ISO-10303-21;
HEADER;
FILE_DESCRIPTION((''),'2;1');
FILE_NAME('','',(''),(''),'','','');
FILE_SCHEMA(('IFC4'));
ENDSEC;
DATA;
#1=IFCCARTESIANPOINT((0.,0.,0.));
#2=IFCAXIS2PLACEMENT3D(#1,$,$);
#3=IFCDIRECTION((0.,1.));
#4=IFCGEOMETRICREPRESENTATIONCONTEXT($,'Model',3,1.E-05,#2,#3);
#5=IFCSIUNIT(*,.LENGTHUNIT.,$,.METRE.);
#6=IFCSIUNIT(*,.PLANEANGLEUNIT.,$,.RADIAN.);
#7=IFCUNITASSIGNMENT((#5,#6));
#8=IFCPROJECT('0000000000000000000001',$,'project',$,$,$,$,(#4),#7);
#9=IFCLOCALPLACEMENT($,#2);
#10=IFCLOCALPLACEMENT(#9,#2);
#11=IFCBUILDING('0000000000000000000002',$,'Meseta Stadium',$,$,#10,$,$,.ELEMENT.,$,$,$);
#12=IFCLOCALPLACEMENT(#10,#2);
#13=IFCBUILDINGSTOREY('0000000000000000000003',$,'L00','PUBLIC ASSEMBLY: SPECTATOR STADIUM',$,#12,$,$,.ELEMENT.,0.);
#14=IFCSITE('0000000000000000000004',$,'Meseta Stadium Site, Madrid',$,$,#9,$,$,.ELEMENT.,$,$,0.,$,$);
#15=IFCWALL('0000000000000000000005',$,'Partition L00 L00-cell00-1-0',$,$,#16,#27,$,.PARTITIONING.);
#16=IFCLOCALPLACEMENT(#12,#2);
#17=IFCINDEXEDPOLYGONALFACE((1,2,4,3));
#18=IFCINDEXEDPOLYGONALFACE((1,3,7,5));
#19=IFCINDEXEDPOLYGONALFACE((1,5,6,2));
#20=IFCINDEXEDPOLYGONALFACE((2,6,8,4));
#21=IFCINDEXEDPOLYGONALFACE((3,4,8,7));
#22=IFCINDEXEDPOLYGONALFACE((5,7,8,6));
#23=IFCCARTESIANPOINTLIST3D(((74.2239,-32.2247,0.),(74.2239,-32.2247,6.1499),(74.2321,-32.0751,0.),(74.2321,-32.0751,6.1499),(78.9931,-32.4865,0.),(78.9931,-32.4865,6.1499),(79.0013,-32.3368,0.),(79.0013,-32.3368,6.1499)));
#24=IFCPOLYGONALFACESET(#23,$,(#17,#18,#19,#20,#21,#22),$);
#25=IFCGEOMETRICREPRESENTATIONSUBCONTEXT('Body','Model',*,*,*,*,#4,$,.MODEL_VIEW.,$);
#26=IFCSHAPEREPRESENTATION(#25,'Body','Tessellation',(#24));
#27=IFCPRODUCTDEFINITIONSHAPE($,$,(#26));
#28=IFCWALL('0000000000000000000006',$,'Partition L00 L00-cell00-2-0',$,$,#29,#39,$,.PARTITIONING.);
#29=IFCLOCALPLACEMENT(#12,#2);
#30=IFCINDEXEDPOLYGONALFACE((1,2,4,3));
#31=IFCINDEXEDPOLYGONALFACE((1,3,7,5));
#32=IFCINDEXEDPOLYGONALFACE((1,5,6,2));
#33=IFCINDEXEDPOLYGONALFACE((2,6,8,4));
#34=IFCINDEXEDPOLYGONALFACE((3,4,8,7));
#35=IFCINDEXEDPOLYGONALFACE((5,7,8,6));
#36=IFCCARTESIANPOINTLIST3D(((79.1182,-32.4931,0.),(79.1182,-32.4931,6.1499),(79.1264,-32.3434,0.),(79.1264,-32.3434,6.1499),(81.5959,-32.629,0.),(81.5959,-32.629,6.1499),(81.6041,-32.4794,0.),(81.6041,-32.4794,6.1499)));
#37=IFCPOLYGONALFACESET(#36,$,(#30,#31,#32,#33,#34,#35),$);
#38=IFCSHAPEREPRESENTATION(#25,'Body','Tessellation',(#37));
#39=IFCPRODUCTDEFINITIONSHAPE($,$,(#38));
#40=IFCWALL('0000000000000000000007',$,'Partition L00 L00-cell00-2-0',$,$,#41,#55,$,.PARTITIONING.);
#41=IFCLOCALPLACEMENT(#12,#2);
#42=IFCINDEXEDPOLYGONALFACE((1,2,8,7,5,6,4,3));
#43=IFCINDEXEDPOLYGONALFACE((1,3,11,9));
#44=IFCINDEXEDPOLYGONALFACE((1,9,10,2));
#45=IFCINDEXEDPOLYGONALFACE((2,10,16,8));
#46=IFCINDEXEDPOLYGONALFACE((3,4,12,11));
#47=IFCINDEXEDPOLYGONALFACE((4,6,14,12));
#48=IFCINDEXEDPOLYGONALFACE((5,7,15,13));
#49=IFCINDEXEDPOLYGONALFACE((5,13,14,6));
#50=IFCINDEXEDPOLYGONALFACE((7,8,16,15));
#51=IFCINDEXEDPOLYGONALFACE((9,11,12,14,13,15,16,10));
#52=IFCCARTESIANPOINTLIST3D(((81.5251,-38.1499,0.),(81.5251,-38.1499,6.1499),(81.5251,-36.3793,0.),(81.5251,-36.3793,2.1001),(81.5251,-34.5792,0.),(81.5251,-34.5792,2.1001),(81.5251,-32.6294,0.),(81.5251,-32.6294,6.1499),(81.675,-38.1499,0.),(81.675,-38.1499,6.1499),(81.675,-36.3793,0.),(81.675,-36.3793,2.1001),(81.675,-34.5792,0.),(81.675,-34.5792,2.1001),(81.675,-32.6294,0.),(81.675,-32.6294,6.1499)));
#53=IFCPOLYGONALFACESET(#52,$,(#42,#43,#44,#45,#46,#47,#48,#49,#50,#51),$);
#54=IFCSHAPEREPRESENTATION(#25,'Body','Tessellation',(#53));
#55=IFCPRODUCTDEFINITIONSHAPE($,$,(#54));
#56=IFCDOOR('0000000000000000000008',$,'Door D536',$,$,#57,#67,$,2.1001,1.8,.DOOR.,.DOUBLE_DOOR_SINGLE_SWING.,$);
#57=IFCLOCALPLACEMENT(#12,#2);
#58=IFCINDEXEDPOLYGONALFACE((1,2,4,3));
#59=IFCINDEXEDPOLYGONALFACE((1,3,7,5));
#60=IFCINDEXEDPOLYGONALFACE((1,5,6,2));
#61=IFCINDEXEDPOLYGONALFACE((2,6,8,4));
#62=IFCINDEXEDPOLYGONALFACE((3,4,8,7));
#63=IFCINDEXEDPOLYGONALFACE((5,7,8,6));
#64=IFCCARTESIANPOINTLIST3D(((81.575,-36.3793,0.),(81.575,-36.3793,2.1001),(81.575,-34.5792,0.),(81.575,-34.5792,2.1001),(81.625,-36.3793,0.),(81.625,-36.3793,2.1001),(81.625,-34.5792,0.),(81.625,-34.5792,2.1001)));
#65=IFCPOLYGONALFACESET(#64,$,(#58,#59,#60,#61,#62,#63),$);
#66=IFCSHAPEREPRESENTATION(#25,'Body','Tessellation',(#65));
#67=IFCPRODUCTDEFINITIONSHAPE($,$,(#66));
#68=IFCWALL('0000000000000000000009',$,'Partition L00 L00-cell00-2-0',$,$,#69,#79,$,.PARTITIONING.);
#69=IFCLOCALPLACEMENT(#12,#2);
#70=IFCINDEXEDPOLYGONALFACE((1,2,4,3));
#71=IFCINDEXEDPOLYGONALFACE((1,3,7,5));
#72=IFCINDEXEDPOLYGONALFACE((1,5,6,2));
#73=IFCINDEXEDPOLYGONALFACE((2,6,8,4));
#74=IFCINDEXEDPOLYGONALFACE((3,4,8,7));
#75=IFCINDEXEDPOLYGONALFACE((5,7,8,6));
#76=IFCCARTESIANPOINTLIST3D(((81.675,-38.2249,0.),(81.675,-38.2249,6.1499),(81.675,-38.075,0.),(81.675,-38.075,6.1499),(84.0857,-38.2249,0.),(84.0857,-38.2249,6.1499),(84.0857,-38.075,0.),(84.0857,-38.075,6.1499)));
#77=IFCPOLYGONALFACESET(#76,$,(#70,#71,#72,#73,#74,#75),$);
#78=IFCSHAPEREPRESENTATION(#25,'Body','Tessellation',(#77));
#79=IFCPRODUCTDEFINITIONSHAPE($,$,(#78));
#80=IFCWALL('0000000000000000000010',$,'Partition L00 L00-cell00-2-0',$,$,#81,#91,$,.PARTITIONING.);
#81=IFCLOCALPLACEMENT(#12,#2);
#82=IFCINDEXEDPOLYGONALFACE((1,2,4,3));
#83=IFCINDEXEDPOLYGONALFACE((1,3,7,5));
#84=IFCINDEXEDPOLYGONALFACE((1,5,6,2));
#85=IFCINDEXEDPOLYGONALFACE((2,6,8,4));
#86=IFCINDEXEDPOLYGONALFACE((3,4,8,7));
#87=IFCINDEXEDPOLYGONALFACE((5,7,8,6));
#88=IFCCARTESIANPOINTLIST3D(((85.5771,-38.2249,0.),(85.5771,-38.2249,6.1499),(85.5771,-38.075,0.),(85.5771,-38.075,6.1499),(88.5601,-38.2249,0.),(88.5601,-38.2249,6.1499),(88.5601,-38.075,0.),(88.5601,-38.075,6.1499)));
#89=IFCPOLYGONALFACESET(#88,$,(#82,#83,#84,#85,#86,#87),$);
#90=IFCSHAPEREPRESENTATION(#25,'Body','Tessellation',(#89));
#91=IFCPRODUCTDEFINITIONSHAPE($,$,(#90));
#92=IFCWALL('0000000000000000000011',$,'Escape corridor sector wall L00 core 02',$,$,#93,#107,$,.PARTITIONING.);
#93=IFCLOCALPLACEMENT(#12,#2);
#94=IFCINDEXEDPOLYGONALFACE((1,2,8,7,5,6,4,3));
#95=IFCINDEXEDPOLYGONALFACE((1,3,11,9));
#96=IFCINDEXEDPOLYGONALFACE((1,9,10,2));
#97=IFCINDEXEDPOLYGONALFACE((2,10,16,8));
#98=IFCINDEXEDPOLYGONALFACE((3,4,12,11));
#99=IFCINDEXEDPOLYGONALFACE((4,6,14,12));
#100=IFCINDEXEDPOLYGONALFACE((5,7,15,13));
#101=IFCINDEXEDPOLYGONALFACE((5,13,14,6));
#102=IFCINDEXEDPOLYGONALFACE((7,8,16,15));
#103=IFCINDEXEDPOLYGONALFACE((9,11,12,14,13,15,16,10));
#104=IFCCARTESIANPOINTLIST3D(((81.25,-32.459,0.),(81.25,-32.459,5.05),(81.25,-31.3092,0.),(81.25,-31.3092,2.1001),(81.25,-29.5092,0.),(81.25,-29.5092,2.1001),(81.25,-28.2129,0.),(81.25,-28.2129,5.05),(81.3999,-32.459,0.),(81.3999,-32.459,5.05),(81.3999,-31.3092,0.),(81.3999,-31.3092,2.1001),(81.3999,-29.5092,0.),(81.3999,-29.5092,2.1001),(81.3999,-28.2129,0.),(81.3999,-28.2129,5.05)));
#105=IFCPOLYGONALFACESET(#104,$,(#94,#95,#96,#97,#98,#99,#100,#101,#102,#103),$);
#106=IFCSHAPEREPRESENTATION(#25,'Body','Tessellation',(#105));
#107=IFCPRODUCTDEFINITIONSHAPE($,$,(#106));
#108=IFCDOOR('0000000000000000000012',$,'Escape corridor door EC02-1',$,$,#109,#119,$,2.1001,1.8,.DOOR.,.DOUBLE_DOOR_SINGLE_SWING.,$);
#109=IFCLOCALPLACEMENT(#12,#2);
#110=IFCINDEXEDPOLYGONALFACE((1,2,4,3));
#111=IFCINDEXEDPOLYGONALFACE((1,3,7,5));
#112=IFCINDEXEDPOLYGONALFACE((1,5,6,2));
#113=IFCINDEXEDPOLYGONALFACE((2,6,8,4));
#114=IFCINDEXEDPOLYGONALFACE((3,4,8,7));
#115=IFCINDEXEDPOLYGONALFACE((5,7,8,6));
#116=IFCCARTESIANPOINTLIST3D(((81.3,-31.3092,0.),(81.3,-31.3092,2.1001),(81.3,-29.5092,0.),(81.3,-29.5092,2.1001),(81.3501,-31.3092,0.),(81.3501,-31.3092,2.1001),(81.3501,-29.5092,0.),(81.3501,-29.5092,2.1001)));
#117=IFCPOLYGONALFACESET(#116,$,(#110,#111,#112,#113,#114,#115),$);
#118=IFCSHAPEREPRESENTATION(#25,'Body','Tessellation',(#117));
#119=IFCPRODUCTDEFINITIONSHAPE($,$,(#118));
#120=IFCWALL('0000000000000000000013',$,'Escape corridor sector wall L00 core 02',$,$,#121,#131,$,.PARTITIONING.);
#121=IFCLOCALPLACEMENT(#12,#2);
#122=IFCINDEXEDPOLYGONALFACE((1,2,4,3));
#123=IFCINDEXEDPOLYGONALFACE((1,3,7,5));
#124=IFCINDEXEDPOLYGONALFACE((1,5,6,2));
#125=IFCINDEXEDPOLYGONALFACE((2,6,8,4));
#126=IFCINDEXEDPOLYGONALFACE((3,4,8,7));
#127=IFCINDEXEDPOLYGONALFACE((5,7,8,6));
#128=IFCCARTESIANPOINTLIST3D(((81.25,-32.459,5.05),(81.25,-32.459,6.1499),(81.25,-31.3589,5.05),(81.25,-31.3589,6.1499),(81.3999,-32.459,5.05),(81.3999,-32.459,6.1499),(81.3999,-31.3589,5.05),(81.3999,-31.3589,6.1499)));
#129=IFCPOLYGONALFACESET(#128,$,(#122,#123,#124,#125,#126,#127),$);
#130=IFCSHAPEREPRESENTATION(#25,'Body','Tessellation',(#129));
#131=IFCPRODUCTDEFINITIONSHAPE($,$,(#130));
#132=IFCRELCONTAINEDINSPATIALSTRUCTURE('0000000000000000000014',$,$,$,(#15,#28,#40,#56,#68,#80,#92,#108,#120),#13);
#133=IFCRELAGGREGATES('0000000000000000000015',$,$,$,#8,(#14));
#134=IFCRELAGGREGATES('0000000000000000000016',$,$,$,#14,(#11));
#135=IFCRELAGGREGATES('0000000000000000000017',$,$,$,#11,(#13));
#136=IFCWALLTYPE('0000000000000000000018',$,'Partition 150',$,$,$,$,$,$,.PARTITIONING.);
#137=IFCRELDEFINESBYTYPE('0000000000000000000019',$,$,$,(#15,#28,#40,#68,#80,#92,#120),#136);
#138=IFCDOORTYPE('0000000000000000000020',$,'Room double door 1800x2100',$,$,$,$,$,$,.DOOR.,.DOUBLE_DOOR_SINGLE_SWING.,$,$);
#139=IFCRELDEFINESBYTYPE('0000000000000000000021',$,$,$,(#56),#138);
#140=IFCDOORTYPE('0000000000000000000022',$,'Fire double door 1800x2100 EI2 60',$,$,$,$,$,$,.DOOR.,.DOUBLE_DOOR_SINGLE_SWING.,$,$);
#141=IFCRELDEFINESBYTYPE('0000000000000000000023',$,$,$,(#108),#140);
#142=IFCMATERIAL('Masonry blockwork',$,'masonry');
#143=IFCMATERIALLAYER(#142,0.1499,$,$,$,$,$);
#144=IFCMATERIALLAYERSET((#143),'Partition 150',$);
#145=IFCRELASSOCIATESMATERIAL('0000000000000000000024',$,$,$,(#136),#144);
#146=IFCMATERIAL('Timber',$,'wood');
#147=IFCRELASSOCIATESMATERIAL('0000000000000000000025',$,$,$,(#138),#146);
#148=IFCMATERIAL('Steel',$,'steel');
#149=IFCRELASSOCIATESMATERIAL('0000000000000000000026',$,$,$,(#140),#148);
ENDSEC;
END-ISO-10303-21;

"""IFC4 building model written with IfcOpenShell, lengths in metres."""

from ifc_helpers import new_model, si_unit, direction, frame, frame_2d, origin, place, context, subcontext, project, spatial, rectangle, extrude, material, layer, layer_set, type_object, element, fill, save


model = new_model("IFC4")

# Units and contexts
model_context = context("Model", 3, precision=1e-05, world=origin(), true_north=direction((0.0, 1.0)))
body_context = subcontext(model_context, "Body", "Model", "MODEL_VIEW")
ifc_project = project(units=[si_unit("LENGTHUNIT", "METRE"), si_unit("PLANEANGLEUNIT", "RADIAN")], contexts=[model_context])

# Site, building, storey
site_placement = place(None, origin())
site = spatial("IfcSite", under=ifc_project, at=site_placement, Name="Meseta Stadium Site, Madrid", CompositionType="ELEMENT", RefElevation=0.0)
building_placement = place(site_placement, origin())
building = spatial("IfcBuilding", under=site, at=building_placement, Name="Meseta Stadium", CompositionType="ELEMENT")
storey_placement = place(building_placement, origin())
storey = spatial("IfcBuildingStorey", under=building, at=storey_placement, Name="L00", Description="PUBLIC ASSEMBLY: SPECTATOR STADIUM", CompositionType="ELEMENT", Elevation=0.0)

# Walls
ifc_material_1 = material(Name="Masonry blockwork", Category="masonry")
ifc_layer_1 = layer(ifc_material_1, 0.1499)
ifc_layer_set_1 = layer_set([ifc_layer_1], Name="Partition 150")
wall_type_1 = type_object("IfcWallType", Name="Partition 150", PredefinedType="PARTITIONING", material=ifc_layer_set_1)
wall_1_placement = place(storey_placement, frame((74.228, -32.1499, 0.0), z_axis=(0.0, 0.0, 1.0), x_axis=(0.998498, -0.054793, 0.0)))
element("IfcWall", 1, at=wall_1_placement, inside=storey, type_object=wall_type_1, Name="Partition L00 L00-cell00-1-0", PredefinedType="PARTITIONING", context=body_context, shape_type="SweptSolid", body=[
    extrude(rectangle(XDim=4.7764, YDim=0.1499, at=frame_2d((2.3882, 0.0))), origin(), (0.0, 0.0, 1.0), 6.1499),
])
wall_2_placement = place(storey_placement, frame((79.1223, -32.4182, 0.0), z_axis=(0.0, 0.0, 1.0), x_axis=(0.998497, -0.0548, 0.0)))
element("IfcWall", 2, at=wall_2_placement, inside=storey, type_object=wall_type_1, Name="Partition L00 L00-cell00-2-0", PredefinedType="PARTITIONING", context=body_context, shape_type="SweptSolid", body=[
    extrude(rectangle(XDim=2.4814, YDim=0.1499, at=frame_2d((1.2407, 0.0))), origin(), (0.0, 0.0, 1.0), 6.1499),
])

# Wall, opening, door
wall_3_placement = place(storey_placement, frame((81.6001, -32.6294, 0.0), z_axis=(0.0, 0.0, 1.0), x_axis=(0.0, -1.0, 0.0)))
wall_3 = element("IfcWall", 3, at=wall_3_placement, inside=storey, type_object=wall_type_1, Name="Partition L00 L00-cell00-2-0", PredefinedType="PARTITIONING", context=body_context, shape_type="SweptSolid", body=[
    extrude(rectangle(XDim=5.5205, YDim=0.1499, at=frame_2d((2.7603, 0.0))), origin(), (0.0, 0.0, 1.0), 6.1499),
])
opening_1_placement = place(wall_3_placement, frame((1.95, 0.0, 0.0)))
opening_1 = element("IfcOpeningElement", 4, at=opening_1_placement, cuts=wall_3, PredefinedType="OPENING", context=body_context, shape_type="SweptSolid", body=[
    extrude(rectangle(XDim=1.8, YDim=2.1001, at=frame_2d((0.8999, 1.05))), frame((0.0, 0.085, 0.0), z_axis=(0.0, -1.0, 0.0), x_axis=(1.0, 0.0, 0.0)), (0.0, 0.0, 1.0), 0.1699),
])
ifc_material_2 = material(Name="Timber", Category="wood")
door_type_1 = type_object("IfcDoorType", Name="Room double door 1800x2100", OperationType="DOUBLE_DOOR_SINGLE_SWING", PredefinedType="DOOR", material=ifc_material_2)
door_1_placement = place(opening_1_placement, origin())
door_1 = element("IfcDoor", 5, at=door_1_placement, inside=storey, type_object=door_type_1, Name="Door D536", OperationType="DOUBLE_DOOR_SINGLE_SWING", OverallHeight=2.1001, OverallWidth=1.8, PredefinedType="DOOR", context=body_context, shape_type="SweptSolid", body=[
    extrude(rectangle(XDim=1.8, YDim=2.1001, at=frame_2d((0.8999, 1.05))), frame((0.0, 0.0249, 0.0), z_axis=(0.0, -1.0, 0.0), x_axis=(1.0, 0.0, 0.0)), (0.0, 0.0, 1.0), 0.05),
])
fill(opening_1, door_1)

# Walls
wall_4_placement = place(storey_placement, frame((81.675, -38.1499, 0.0), z_axis=(0.0, 0.0, 1.0), x_axis=(1.0, 0.0, 0.0)))
element("IfcWall", 6, at=wall_4_placement, inside=storey, type_object=wall_type_1, Name="Partition L00 L00-cell00-2-0", PredefinedType="PARTITIONING", context=body_context, shape_type="SweptSolid", body=[
    extrude(rectangle(XDim=2.4106, YDim=0.1499, at=frame_2d((1.2053, 0.0))), origin(), (0.0, 0.0, 1.0), 6.1499),
])
wall_5_placement = place(storey_placement, frame((85.5771, -38.1499, 0.0), z_axis=(0.0, 0.0, 1.0), x_axis=(1.0, 0.0, 0.0)))
element("IfcWall", 7, at=wall_5_placement, inside=storey, type_object=wall_type_1, Name="Partition L00 L00-cell00-2-0", PredefinedType="PARTITIONING", context=body_context, shape_type="SweptSolid", body=[
    extrude(rectangle(XDim=2.9829, YDim=0.1499, at=frame_2d((1.4915, 0.0))), origin(), (0.0, 0.0, 1.0), 6.1499),
])

# Wall, opening, door
wall_6_placement = place(storey_placement, frame((81.325, -32.459, 0.0), z_axis=(0.0, 0.0, 1.0), x_axis=(0.0, 1.0, 0.0)))
wall_6 = element("IfcWall", 8, at=wall_6_placement, inside=storey, type_object=wall_type_1, Name="Escape corridor sector wall L00 core 02", PredefinedType="PARTITIONING", context=body_context, shape_type="SweptSolid", body=[
    extrude(rectangle(XDim=4.2461, YDim=0.1499, at=frame_2d((2.123, 0.0))), origin(), (0.0, 0.0, 1.0), 5.05),
])
opening_2_placement = place(wall_6_placement, frame((1.1499, 0.0, 0.0)))
opening_2 = element("IfcOpeningElement", 9, at=opening_2_placement, cuts=wall_6, PredefinedType="OPENING", context=body_context, shape_type="SweptSolid", body=[
    extrude(rectangle(XDim=1.8, YDim=2.1001, at=frame_2d((0.8999, 1.05))), frame((0.0, 0.085, 0.0), z_axis=(0.0, -1.0, 0.0), x_axis=(1.0, 0.0, 0.0)), (0.0, 0.0, 1.0), 0.1699),
])
ifc_material_3 = material(Name="Steel", Category="steel")
door_type_2 = type_object("IfcDoorType", Name="Fire double door 1800x2100 EI2 60", OperationType="DOUBLE_DOOR_SINGLE_SWING", PredefinedType="DOOR", material=ifc_material_3)
door_2_placement = place(opening_2_placement, origin())
door_2 = element("IfcDoor", 10, at=door_2_placement, inside=storey, type_object=door_type_2, Name="Escape corridor door EC02-1", OperationType="DOUBLE_DOOR_SINGLE_SWING", OverallHeight=2.1001, OverallWidth=1.8, PredefinedType="DOOR", context=body_context, shape_type="SweptSolid", body=[
    extrude(rectangle(XDim=1.8, YDim=2.1001, at=frame_2d((0.8999, 1.05))), frame((0.0, 0.0249, 0.0), z_axis=(0.0, -1.0, 0.0), x_axis=(1.0, 0.0, 0.0)), (0.0, 0.0, 1.0), 0.05),
])
fill(opening_2, door_2)

# Wall
wall_7_placement = place(storey_placement, frame((81.325, -32.459, 5.05), z_axis=(0.0, 0.0, 1.0), x_axis=(0.0, 1.0, 0.0)))
element("IfcWall", 11, at=wall_7_placement, inside=storey, type_object=wall_type_1, Name="Escape corridor sector wall L00 core 02", PredefinedType="PARTITIONING", context=body_context, shape_type="SweptSolid", body=[
    extrude(rectangle(XDim=1.1001, YDim=0.1499, at=frame_2d((0.55, 0.0))), origin(), (0.0, 0.0, 1.0), 1.0999),
])

save(model, "model.ifc")
